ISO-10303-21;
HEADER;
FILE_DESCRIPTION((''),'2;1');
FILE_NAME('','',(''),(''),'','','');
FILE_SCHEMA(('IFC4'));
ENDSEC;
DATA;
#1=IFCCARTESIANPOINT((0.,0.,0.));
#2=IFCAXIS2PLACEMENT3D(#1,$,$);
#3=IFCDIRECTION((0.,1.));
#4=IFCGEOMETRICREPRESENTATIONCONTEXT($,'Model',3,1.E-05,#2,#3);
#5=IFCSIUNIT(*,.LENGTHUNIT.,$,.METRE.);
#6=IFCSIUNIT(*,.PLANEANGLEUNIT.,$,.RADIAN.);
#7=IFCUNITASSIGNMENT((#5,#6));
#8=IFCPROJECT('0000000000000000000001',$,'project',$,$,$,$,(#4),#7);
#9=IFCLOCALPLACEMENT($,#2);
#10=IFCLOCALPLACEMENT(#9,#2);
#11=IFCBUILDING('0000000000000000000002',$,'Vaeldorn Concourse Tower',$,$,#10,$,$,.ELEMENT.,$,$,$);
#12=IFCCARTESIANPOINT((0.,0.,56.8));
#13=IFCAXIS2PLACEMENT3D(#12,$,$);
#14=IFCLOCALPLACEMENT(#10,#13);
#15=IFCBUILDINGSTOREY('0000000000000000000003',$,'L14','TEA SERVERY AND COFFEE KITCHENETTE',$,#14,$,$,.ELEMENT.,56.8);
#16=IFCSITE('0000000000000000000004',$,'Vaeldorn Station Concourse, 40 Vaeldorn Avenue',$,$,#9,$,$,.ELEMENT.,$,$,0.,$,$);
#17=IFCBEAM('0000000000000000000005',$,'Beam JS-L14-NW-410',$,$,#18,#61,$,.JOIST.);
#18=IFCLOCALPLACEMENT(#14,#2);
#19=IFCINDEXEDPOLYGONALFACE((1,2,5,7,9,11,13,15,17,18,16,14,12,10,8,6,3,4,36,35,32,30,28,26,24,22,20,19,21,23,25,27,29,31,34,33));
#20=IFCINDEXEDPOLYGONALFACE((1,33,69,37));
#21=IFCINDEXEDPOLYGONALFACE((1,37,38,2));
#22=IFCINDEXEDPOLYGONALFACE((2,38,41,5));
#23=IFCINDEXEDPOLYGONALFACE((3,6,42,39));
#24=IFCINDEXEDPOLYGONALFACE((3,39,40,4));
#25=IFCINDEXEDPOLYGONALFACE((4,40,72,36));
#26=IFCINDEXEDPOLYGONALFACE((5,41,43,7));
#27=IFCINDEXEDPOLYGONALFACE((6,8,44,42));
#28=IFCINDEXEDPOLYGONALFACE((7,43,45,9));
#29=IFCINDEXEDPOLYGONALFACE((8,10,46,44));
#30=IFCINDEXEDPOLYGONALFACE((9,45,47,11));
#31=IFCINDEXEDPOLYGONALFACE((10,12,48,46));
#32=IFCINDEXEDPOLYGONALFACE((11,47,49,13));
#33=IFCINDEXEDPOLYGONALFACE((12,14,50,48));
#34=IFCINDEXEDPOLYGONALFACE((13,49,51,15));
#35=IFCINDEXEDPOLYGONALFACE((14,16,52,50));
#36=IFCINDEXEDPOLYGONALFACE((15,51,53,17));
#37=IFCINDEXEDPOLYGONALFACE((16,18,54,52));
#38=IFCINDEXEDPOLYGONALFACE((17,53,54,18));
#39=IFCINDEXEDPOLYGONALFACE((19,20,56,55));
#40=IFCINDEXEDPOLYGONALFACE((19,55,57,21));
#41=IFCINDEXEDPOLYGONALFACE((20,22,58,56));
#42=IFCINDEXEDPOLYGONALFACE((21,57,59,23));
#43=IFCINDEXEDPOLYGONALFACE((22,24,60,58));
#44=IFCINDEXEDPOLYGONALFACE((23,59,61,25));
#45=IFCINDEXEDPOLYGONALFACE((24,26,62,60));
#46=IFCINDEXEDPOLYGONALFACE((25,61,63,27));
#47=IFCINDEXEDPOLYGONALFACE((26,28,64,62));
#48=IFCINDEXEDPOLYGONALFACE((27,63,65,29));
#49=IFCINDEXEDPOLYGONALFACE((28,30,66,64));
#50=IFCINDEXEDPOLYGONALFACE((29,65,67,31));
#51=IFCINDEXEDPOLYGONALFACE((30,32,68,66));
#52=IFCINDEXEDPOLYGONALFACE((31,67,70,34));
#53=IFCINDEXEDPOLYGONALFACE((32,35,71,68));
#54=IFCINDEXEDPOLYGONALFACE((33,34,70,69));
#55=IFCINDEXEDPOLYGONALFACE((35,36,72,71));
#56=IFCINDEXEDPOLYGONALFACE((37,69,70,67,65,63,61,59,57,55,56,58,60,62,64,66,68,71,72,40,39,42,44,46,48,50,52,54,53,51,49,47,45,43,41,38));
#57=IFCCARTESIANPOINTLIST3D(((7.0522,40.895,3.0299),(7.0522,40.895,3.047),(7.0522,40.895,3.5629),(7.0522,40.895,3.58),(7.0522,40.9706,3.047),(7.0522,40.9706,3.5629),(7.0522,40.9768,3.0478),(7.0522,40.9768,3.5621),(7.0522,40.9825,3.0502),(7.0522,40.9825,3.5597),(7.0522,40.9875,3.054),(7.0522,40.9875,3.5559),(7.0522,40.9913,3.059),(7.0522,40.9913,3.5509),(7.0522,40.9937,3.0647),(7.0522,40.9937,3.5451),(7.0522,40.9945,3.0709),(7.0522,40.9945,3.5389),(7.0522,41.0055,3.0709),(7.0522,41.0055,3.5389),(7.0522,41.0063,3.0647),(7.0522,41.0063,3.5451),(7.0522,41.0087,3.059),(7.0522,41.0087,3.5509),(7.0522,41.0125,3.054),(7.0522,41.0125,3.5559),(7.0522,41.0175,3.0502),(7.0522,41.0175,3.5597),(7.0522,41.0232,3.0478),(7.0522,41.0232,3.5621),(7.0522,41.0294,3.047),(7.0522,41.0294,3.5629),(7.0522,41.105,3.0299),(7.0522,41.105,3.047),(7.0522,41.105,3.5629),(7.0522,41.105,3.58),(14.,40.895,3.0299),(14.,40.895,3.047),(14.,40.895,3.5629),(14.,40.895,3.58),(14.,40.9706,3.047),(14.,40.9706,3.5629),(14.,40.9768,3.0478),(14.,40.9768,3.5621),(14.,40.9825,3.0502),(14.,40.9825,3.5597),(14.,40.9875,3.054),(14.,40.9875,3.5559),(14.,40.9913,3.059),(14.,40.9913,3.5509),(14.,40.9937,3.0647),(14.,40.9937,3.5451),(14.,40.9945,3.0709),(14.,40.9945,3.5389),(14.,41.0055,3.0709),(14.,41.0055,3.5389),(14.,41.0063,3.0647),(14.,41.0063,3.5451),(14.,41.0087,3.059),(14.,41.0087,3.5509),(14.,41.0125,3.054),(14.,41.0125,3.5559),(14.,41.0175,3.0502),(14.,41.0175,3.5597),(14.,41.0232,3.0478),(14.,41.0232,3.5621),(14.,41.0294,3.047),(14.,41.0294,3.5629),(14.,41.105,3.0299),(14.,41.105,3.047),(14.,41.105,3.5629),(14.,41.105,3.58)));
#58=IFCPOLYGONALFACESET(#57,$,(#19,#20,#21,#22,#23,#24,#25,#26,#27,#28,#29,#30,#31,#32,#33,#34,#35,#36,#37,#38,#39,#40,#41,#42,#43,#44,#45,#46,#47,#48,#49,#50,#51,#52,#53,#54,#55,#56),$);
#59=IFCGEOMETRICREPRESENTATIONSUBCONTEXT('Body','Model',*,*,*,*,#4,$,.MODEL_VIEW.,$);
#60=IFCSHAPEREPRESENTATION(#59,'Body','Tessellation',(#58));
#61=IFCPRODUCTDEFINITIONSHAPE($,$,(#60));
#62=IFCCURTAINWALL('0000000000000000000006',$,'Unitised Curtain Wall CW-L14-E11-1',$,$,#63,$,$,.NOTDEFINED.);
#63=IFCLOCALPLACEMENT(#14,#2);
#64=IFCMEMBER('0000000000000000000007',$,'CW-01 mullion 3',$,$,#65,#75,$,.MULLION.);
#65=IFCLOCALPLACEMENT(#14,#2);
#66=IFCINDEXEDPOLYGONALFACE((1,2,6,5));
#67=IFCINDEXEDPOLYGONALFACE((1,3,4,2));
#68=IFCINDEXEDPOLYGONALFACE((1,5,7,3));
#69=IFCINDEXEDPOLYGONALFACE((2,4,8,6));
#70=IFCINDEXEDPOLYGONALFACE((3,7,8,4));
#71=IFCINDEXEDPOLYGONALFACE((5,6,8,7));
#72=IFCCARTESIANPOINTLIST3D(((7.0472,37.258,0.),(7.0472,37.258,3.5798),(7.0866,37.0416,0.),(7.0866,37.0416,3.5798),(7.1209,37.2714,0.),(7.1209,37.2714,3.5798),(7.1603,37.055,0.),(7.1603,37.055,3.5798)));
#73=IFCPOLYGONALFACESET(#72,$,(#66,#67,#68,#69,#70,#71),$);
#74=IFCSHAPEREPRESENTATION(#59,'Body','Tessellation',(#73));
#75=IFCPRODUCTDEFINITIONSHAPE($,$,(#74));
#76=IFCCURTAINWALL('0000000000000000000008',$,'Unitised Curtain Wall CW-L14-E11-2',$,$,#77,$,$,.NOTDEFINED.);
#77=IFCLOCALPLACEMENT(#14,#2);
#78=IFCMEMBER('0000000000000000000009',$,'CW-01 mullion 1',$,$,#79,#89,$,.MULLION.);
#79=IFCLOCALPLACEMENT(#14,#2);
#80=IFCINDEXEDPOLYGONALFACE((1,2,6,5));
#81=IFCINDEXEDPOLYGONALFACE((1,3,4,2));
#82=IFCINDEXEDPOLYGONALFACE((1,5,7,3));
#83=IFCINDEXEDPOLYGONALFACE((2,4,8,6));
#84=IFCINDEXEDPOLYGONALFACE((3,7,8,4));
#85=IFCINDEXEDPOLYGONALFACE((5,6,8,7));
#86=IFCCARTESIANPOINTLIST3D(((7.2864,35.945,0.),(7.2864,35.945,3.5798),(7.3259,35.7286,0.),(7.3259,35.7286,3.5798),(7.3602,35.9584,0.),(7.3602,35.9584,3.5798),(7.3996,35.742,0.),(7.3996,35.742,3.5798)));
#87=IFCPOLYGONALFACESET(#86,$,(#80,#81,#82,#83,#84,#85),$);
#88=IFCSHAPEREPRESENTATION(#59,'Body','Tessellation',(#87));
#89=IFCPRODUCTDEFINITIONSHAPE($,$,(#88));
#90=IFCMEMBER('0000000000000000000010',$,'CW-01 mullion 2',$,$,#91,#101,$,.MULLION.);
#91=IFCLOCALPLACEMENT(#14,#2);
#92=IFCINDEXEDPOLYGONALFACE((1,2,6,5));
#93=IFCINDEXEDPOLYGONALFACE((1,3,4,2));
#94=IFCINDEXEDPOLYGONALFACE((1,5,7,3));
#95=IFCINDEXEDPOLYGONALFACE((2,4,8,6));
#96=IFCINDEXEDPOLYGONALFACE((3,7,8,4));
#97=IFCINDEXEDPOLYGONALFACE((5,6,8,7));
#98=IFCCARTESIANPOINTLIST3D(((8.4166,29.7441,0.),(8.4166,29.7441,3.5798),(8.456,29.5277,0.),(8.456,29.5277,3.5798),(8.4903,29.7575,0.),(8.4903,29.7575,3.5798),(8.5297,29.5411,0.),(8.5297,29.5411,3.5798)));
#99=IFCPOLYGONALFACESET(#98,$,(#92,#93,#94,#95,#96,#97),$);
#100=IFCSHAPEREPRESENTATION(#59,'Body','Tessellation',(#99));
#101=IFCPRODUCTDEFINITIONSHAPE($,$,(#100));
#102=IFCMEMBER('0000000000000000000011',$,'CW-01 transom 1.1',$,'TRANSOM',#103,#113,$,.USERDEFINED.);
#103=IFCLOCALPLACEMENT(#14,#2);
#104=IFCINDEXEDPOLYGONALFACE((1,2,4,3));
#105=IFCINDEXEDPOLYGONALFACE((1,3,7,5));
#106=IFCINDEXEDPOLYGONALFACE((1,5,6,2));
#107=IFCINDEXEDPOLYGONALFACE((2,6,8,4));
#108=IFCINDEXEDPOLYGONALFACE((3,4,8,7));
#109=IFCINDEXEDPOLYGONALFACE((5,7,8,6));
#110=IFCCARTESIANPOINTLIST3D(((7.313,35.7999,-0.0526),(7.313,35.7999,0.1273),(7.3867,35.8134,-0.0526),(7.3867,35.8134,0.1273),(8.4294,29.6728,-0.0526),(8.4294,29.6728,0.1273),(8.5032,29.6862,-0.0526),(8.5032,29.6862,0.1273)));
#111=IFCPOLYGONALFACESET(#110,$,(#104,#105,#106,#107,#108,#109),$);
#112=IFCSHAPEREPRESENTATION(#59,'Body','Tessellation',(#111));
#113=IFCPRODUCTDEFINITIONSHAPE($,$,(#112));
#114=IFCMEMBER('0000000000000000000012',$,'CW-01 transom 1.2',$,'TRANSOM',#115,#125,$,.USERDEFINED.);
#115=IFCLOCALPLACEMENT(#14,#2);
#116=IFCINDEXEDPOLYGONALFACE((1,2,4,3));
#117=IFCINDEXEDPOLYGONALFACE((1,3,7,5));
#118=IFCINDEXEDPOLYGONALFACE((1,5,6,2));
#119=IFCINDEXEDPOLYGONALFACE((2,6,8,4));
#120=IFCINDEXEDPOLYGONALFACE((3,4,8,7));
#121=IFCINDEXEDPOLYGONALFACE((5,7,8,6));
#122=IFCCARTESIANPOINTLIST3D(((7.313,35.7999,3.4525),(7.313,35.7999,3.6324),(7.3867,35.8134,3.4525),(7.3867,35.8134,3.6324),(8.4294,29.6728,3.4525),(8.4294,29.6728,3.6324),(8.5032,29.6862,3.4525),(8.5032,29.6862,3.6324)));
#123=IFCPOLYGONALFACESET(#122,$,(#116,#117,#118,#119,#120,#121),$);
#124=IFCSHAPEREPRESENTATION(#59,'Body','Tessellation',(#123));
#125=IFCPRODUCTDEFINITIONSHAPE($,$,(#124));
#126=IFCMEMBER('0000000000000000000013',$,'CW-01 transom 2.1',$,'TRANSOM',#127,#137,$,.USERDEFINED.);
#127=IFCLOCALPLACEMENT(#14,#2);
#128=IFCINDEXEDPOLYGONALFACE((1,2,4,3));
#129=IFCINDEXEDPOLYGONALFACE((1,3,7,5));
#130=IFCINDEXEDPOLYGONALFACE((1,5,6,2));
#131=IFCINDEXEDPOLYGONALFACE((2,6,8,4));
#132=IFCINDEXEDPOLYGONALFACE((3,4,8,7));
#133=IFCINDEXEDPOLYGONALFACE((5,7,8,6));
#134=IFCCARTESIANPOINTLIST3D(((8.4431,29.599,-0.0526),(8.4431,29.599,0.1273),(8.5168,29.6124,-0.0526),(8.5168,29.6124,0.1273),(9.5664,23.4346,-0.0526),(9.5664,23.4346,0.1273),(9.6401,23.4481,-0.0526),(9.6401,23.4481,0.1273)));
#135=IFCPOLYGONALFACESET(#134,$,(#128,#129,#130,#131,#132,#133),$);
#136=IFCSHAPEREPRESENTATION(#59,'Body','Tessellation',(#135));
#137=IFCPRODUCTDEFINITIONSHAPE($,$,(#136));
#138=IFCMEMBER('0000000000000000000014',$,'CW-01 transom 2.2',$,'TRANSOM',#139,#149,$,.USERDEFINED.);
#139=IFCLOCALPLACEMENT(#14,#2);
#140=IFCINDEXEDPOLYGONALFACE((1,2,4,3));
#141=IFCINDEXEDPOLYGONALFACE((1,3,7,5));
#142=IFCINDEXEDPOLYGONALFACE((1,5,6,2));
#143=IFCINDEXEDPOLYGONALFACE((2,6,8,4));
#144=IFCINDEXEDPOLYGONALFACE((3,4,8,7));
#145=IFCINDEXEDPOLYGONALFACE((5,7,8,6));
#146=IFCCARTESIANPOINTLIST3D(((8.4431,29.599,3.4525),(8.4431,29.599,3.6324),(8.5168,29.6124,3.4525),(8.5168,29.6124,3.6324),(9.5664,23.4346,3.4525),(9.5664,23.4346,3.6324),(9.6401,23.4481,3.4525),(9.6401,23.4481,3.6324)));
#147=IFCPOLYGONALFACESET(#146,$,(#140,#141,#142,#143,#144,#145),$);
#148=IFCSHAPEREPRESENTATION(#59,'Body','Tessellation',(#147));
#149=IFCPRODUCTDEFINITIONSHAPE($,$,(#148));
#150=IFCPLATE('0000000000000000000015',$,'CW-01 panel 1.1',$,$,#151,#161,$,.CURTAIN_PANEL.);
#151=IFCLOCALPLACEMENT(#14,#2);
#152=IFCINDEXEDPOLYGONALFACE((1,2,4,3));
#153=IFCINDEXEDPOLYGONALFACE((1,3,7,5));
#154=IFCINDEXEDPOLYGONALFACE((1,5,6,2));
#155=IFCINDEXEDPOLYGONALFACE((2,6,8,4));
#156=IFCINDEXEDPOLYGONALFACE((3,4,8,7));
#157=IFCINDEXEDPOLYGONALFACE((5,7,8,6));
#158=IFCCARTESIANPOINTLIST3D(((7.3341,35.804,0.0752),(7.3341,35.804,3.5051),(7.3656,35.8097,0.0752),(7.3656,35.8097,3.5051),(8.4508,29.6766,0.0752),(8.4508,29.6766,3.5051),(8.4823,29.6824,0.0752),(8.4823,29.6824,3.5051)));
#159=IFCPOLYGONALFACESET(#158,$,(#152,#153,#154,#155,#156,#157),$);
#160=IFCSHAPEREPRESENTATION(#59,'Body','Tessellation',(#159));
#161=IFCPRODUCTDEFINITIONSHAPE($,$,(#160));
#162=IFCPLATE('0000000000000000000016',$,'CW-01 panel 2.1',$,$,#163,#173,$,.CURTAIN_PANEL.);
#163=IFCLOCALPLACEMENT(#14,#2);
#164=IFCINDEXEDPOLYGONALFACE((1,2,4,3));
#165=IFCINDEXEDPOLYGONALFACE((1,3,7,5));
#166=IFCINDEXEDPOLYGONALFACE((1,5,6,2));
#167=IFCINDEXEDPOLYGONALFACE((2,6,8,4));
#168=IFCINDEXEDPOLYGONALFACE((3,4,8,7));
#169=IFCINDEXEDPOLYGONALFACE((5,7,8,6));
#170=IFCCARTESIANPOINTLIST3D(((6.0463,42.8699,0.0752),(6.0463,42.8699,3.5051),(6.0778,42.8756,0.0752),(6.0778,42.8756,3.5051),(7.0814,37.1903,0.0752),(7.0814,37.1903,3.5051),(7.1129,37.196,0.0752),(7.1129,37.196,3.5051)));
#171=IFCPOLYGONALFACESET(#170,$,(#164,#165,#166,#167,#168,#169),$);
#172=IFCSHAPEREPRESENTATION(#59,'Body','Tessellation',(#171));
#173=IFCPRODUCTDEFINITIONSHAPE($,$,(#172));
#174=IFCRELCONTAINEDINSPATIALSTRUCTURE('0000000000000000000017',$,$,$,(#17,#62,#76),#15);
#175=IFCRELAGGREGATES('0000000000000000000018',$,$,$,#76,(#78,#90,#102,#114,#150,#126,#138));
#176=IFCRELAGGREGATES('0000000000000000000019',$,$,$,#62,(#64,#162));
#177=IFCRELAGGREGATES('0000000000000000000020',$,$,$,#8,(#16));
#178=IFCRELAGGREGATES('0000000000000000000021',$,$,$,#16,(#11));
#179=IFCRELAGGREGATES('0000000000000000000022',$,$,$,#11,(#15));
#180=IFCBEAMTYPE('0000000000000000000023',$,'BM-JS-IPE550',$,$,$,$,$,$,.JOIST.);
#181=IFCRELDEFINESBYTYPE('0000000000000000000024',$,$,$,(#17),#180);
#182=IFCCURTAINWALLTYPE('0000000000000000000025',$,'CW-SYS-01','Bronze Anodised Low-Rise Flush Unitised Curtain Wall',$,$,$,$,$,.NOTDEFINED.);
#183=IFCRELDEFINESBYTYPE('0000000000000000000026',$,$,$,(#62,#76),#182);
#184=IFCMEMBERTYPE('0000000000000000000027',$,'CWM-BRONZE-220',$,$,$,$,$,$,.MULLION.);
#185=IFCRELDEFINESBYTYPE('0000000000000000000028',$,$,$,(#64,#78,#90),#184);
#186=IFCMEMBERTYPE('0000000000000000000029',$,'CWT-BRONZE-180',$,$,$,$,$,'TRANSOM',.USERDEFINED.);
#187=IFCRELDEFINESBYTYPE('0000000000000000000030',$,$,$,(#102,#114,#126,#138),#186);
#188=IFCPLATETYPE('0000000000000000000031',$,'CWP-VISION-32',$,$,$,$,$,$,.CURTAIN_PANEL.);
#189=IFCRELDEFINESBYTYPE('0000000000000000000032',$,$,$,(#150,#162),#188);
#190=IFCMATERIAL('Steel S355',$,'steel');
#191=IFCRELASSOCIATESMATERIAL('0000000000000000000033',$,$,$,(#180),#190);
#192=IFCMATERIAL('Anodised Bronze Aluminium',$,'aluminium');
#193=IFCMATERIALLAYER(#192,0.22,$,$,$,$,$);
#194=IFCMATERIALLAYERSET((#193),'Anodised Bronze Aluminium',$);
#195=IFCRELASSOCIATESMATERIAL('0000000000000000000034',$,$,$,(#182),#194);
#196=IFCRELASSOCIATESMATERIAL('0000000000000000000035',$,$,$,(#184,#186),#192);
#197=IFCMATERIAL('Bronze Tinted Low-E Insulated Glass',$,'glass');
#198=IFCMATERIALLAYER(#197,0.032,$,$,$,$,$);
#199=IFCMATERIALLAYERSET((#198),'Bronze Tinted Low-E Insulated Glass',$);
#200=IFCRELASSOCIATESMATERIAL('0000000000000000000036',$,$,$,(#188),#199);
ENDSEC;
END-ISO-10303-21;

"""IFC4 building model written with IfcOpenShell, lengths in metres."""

from ifc_helpers import new_model, si_unit, direction, frame, origin, origin_2d, place, context, subcontext, project, spatial, rectangle, i_section, extrude, source, transform, mapped, material, layer, layer_set, material_profile, profile_set, type_object, element, aggregate, save


model = new_model("IFC4")

# Units and contexts
model_context = context("Model", 3, precision=1e-05, world=origin(), true_north=direction((0.0, 1.0)))
body_context = subcontext(model_context, "Body", "Model", "MODEL_VIEW")
ifc_project = project(units=[si_unit("LENGTHUNIT", "METRE"), si_unit("PLANEANGLEUNIT", "RADIAN")], contexts=[model_context])

# Site, building, storey
site_placement = place(None, origin())
site = spatial("IfcSite", under=ifc_project, at=site_placement, Name="Vaeldorn Station Concourse, 40 Vaeldorn Avenue", CompositionType="ELEMENT", RefElevation=0.0)
building_placement = place(site_placement, origin())
building = spatial("IfcBuilding", under=site, at=building_placement, Name="Vaeldorn Concourse Tower", CompositionType="ELEMENT")
storey_placement = place(building_placement, frame((0.0, 0.0, 56.8)))
storey = spatial("IfcBuildingStorey", under=building, at=storey_placement, Name="L14", Description="TEA SERVERY AND COFFEE KITCHENETTE", CompositionType="ELEMENT", Elevation=56.8)

# Beam
ifc_material_1 = material(Name="Steel S355", Category="steel")
ifc_material_profile_1 = material_profile(ifc_material_1, i_section(OverallWidth=0.21, OverallDepth=0.55, WebThickness=0.011, FlangeThickness=0.0171, FilletRadius=0.0239, at=origin_2d()), Name="IPE 550")
ifc_profile_set_1 = profile_set([ifc_material_profile_1], Name="Steel S355")
beam_type_1 = type_object("IfcBeamType", Name="BM-JS-IPE550", PredefinedType="JOIST", material=ifc_profile_set_1)
shared_shape_1 = source(origin(), body_context, "Body", "SweptSolid", [
    extrude(i_section(OverallWidth=0.21, OverallDepth=0.55, WebThickness=0.011, FlangeThickness=0.0171, FilletRadius=0.0239, at=origin_2d()), origin(), (0.0, 0.0, 1.0), 6.9478),
])
beam_1_placement = place(storey_placement, frame((7.0522, 41.0, 3.3049), z_axis=(1.0, 0.0, 0.0), x_axis=(0.0, 1.0, 0.0)))
element("IfcBeam", 1, at=beam_1_placement, inside=storey, type_object=beam_type_1, Name="Beam JS-L14-NW-410", PredefinedType="JOIST", context=body_context, shape_type="MappedRepresentation", body=[
    mapped(shared_shape_1, transform((0.0, 0.0, 0.0), scale=1.0)),
])

# Curtain wall, member
ifc_material_2 = material(Name="Anodised Bronze Aluminium", Category="aluminium")
ifc_layer_1 = layer(ifc_material_2, 0.22)
ifc_layer_set_1 = layer_set([ifc_layer_1], Name="Anodised Bronze Aluminium")
curtain_wall_type = type_object("IfcCurtainWallType", Name="CW-SYS-01", Description="Bronze Anodised Low-Rise Flush Unitised Curtain Wall", PredefinedType="NOTDEFINED", material=ifc_layer_set_1)
curtain_wall_1_placement = place(storey_placement, origin())
curtain_wall_1 = element("IfcCurtainWall", 2, at=curtain_wall_1_placement, inside=storey, type_object=curtain_wall_type, Name="Unitised Curtain Wall CW-L14-E11-1", PredefinedType="NOTDEFINED")
ifc_material_profile_2 = material_profile(ifc_material_2, rectangle(XDim=0.075, YDim=0.22, at=origin_2d()), Name="CWM 75x220")
ifc_profile_set_2 = profile_set([ifc_material_profile_2], Name="Anodised Bronze Aluminium")
member_type_1 = type_object("IfcMemberType", Name="CWM-BRONZE-220", PredefinedType="MULLION", material=ifc_profile_set_2)
shared_shape_2 = source(origin(), body_context, "Body", "SweptSolid", [
    extrude(rectangle(XDim=0.075, YDim=0.22, at=origin_2d()), origin(), (0.0, 0.0, 1.0), 3.5798),
])
member_1_placement = place(storey_placement, frame((7.1038, 37.1565, 0.0), z_axis=(0.0, 0.0, 1.0), x_axis=(0.983796, 0.179293, 0.0)))
member_1 = element("IfcMember", 3, at=member_1_placement, type_object=member_type_1, Name="CW-01 mullion 3", PredefinedType="MULLION", context=body_context, shape_type="MappedRepresentation", body=[
    mapped(shared_shape_2, transform((0.0, 0.0, 0.0), scale=1.0)),
])

# Curtain wall, members, plate
curtain_wall_2_placement = place(storey_placement, origin())
curtain_wall_2 = element("IfcCurtainWall", 4, at=curtain_wall_2_placement, inside=storey, type_object=curtain_wall_type, Name="Unitised Curtain Wall CW-L14-E11-2", PredefinedType="NOTDEFINED")
member_2_placement = place(storey_placement, frame((7.343, 35.8435, 0.0), z_axis=(0.0, 0.0, 1.0), x_axis=(0.983796, 0.179293, 0.0)))
member_2 = element("IfcMember", 5, at=member_2_placement, type_object=member_type_1, Name="CW-01 mullion 1", PredefinedType="MULLION", context=body_context, shape_type="MappedRepresentation", body=[
    mapped(shared_shape_2, transform((0.0, 0.0, 0.0), scale=1.0)),
])
member_3_placement = place(storey_placement, frame((8.4731, 29.6426, 0.0), z_axis=(0.0, 0.0, 1.0), x_axis=(0.983796, 0.179293, 0.0)))
member_3 = element("IfcMember", 6, at=member_3_placement, type_object=member_type_1, Name="CW-01 mullion 2", PredefinedType="MULLION", context=body_context, shape_type="MappedRepresentation", body=[
    mapped(shared_shape_2, transform((0.0, 0.0, 0.0), scale=1.0)),
])
ifc_material_profile_3 = material_profile(ifc_material_2, rectangle(XDim=0.075, YDim=0.1799, at=origin_2d()), Name="CWT 75x180")
ifc_profile_set_3 = profile_set([ifc_material_profile_3], Name="Anodised Bronze Aluminium")
member_type_2 = type_object("IfcMemberType", Name="CWT-BRONZE-180", ElementType="TRANSOM", PredefinedType="USERDEFINED", material=ifc_profile_set_3)
shared_shape_3 = source(origin(), body_context, "Body", "SweptSolid", [
    extrude(rectangle(XDim=0.075, YDim=0.1799, at=origin_2d()), origin(), (0.0, 0.0, 1.0), 6.228),
])
member_4_placement = place(storey_placement, frame((7.3499, 35.8066, 0.0374), z_axis=(0.179261, -0.983801, 0.0), x_axis=(0.983801, 0.179261, 0.0)))
member_4 = element("IfcMember", 7, at=member_4_placement, type_object=member_type_2, Name="CW-01 transom 1.1", ObjectType="TRANSOM", PredefinedType="USERDEFINED", context=body_context, shape_type="MappedRepresentation", body=[
    mapped(shared_shape_3, transform((0.0, 0.0, 0.0), scale=1.0)),
])
member_5_placement = place(storey_placement, frame((7.3499, 35.8066, 3.5425), z_axis=(0.179261, -0.983801, 0.0), x_axis=(0.983801, 0.179261, 0.0)))
member_5 = element("IfcMember", 8, at=member_5_placement, type_object=member_type_2, Name="CW-01 transom 1.2", ObjectType="TRANSOM", PredefinedType="USERDEFINED", context=body_context, shape_type="MappedRepresentation", body=[
    mapped(shared_shape_3, transform((0.0, 0.0, 0.0), scale=1.0)),
])
shared_shape_4 = source(origin(), body_context, "Body", "SweptSolid", [
    extrude(rectangle(XDim=0.075, YDim=0.1799, at=origin_2d()), origin(), (0.0, 0.0, 1.0), 6.2659),
])
member_6_placement = place(storey_placement, frame((8.48, 29.6057, 0.0374), z_axis=(0.179273, -0.983799, 0.0), x_axis=(0.983799, 0.179273, 0.0)))
member_6 = element("IfcMember", 9, at=member_6_placement, type_object=member_type_2, Name="CW-01 transom 2.1", ObjectType="TRANSOM", PredefinedType="USERDEFINED", context=body_context, shape_type="MappedRepresentation", body=[
    mapped(shared_shape_4, transform((0.0, 0.0, 0.0), scale=1.0)),
])
member_7_placement = place(storey_placement, frame((8.48, 29.6057, 3.5425), z_axis=(0.179273, -0.983799, 0.0), x_axis=(0.983799, 0.179273, 0.0)))
member_7 = element("IfcMember", 10, at=member_7_placement, type_object=member_type_2, Name="CW-01 transom 2.2", ObjectType="TRANSOM", PredefinedType="USERDEFINED", context=body_context, shape_type="MappedRepresentation", body=[
    mapped(shared_shape_4, transform((0.0, 0.0, 0.0), scale=1.0)),
])
ifc_material_3 = material(Name="Bronze Tinted Low-E Insulated Glass", Category="glass")
ifc_layer_2 = layer(ifc_material_3, 0.032)
ifc_layer_set_2 = layer_set([ifc_layer_2], Name="Bronze Tinted Low-E Insulated Glass")
plate_type = type_object("IfcPlateType", Name="CWP-VISION-32", PredefinedType="CURTAIN_PANEL", material=ifc_layer_set_2)
shared_shape_5 = source(origin(), body_context, "Body", "SweptSolid", [
    extrude(rectangle(XDim=6.2283, YDim=0.032, at=origin_2d()), origin(), (0.0, 0.0, 1.0), 3.4299),
])
plate_1_placement = place(storey_placement, frame((7.9082, 32.7432, 0.0752), z_axis=(0.0, 0.0, 1.0), x_axis=(0.179293, -0.983796, 0.0)))
plate_1 = element("IfcPlate", 11, at=plate_1_placement, type_object=plate_type, Name="CW-01 panel 1.1", PredefinedType="CURTAIN_PANEL", context=body_context, shape_type="MappedRepresentation", body=[
    mapped(shared_shape_5, transform((0.0, 0.0, 0.0), scale=1.0)),
])
aggregate(curtain_wall_2, [member_2, member_3, member_4, member_5, plate_1, member_6, member_7])

# Plate
shared_shape_6 = source(origin(), body_context, "Body", "SweptSolid", [
    extrude(rectangle(XDim=5.7732, YDim=0.032, at=origin_2d()), origin(), (0.0, 0.0, 1.0), 3.4299),
])
plate_2_placement = place(storey_placement, frame((6.5796, 40.033, 0.0752), z_axis=(0.0, 0.0, 1.0), x_axis=(0.179293, -0.983796, 0.0)))
plate_2 = element("IfcPlate", 12, at=plate_2_placement, type_object=plate_type, Name="CW-01 panel 2.1", PredefinedType="CURTAIN_PANEL", context=body_context, shape_type="MappedRepresentation", body=[
    mapped(shared_shape_6, transform((0.0, 0.0, 0.0), scale=1.0)),
])
aggregate(curtain_wall_1, [member_1, plate_2])

save(model, "model.ifc")
